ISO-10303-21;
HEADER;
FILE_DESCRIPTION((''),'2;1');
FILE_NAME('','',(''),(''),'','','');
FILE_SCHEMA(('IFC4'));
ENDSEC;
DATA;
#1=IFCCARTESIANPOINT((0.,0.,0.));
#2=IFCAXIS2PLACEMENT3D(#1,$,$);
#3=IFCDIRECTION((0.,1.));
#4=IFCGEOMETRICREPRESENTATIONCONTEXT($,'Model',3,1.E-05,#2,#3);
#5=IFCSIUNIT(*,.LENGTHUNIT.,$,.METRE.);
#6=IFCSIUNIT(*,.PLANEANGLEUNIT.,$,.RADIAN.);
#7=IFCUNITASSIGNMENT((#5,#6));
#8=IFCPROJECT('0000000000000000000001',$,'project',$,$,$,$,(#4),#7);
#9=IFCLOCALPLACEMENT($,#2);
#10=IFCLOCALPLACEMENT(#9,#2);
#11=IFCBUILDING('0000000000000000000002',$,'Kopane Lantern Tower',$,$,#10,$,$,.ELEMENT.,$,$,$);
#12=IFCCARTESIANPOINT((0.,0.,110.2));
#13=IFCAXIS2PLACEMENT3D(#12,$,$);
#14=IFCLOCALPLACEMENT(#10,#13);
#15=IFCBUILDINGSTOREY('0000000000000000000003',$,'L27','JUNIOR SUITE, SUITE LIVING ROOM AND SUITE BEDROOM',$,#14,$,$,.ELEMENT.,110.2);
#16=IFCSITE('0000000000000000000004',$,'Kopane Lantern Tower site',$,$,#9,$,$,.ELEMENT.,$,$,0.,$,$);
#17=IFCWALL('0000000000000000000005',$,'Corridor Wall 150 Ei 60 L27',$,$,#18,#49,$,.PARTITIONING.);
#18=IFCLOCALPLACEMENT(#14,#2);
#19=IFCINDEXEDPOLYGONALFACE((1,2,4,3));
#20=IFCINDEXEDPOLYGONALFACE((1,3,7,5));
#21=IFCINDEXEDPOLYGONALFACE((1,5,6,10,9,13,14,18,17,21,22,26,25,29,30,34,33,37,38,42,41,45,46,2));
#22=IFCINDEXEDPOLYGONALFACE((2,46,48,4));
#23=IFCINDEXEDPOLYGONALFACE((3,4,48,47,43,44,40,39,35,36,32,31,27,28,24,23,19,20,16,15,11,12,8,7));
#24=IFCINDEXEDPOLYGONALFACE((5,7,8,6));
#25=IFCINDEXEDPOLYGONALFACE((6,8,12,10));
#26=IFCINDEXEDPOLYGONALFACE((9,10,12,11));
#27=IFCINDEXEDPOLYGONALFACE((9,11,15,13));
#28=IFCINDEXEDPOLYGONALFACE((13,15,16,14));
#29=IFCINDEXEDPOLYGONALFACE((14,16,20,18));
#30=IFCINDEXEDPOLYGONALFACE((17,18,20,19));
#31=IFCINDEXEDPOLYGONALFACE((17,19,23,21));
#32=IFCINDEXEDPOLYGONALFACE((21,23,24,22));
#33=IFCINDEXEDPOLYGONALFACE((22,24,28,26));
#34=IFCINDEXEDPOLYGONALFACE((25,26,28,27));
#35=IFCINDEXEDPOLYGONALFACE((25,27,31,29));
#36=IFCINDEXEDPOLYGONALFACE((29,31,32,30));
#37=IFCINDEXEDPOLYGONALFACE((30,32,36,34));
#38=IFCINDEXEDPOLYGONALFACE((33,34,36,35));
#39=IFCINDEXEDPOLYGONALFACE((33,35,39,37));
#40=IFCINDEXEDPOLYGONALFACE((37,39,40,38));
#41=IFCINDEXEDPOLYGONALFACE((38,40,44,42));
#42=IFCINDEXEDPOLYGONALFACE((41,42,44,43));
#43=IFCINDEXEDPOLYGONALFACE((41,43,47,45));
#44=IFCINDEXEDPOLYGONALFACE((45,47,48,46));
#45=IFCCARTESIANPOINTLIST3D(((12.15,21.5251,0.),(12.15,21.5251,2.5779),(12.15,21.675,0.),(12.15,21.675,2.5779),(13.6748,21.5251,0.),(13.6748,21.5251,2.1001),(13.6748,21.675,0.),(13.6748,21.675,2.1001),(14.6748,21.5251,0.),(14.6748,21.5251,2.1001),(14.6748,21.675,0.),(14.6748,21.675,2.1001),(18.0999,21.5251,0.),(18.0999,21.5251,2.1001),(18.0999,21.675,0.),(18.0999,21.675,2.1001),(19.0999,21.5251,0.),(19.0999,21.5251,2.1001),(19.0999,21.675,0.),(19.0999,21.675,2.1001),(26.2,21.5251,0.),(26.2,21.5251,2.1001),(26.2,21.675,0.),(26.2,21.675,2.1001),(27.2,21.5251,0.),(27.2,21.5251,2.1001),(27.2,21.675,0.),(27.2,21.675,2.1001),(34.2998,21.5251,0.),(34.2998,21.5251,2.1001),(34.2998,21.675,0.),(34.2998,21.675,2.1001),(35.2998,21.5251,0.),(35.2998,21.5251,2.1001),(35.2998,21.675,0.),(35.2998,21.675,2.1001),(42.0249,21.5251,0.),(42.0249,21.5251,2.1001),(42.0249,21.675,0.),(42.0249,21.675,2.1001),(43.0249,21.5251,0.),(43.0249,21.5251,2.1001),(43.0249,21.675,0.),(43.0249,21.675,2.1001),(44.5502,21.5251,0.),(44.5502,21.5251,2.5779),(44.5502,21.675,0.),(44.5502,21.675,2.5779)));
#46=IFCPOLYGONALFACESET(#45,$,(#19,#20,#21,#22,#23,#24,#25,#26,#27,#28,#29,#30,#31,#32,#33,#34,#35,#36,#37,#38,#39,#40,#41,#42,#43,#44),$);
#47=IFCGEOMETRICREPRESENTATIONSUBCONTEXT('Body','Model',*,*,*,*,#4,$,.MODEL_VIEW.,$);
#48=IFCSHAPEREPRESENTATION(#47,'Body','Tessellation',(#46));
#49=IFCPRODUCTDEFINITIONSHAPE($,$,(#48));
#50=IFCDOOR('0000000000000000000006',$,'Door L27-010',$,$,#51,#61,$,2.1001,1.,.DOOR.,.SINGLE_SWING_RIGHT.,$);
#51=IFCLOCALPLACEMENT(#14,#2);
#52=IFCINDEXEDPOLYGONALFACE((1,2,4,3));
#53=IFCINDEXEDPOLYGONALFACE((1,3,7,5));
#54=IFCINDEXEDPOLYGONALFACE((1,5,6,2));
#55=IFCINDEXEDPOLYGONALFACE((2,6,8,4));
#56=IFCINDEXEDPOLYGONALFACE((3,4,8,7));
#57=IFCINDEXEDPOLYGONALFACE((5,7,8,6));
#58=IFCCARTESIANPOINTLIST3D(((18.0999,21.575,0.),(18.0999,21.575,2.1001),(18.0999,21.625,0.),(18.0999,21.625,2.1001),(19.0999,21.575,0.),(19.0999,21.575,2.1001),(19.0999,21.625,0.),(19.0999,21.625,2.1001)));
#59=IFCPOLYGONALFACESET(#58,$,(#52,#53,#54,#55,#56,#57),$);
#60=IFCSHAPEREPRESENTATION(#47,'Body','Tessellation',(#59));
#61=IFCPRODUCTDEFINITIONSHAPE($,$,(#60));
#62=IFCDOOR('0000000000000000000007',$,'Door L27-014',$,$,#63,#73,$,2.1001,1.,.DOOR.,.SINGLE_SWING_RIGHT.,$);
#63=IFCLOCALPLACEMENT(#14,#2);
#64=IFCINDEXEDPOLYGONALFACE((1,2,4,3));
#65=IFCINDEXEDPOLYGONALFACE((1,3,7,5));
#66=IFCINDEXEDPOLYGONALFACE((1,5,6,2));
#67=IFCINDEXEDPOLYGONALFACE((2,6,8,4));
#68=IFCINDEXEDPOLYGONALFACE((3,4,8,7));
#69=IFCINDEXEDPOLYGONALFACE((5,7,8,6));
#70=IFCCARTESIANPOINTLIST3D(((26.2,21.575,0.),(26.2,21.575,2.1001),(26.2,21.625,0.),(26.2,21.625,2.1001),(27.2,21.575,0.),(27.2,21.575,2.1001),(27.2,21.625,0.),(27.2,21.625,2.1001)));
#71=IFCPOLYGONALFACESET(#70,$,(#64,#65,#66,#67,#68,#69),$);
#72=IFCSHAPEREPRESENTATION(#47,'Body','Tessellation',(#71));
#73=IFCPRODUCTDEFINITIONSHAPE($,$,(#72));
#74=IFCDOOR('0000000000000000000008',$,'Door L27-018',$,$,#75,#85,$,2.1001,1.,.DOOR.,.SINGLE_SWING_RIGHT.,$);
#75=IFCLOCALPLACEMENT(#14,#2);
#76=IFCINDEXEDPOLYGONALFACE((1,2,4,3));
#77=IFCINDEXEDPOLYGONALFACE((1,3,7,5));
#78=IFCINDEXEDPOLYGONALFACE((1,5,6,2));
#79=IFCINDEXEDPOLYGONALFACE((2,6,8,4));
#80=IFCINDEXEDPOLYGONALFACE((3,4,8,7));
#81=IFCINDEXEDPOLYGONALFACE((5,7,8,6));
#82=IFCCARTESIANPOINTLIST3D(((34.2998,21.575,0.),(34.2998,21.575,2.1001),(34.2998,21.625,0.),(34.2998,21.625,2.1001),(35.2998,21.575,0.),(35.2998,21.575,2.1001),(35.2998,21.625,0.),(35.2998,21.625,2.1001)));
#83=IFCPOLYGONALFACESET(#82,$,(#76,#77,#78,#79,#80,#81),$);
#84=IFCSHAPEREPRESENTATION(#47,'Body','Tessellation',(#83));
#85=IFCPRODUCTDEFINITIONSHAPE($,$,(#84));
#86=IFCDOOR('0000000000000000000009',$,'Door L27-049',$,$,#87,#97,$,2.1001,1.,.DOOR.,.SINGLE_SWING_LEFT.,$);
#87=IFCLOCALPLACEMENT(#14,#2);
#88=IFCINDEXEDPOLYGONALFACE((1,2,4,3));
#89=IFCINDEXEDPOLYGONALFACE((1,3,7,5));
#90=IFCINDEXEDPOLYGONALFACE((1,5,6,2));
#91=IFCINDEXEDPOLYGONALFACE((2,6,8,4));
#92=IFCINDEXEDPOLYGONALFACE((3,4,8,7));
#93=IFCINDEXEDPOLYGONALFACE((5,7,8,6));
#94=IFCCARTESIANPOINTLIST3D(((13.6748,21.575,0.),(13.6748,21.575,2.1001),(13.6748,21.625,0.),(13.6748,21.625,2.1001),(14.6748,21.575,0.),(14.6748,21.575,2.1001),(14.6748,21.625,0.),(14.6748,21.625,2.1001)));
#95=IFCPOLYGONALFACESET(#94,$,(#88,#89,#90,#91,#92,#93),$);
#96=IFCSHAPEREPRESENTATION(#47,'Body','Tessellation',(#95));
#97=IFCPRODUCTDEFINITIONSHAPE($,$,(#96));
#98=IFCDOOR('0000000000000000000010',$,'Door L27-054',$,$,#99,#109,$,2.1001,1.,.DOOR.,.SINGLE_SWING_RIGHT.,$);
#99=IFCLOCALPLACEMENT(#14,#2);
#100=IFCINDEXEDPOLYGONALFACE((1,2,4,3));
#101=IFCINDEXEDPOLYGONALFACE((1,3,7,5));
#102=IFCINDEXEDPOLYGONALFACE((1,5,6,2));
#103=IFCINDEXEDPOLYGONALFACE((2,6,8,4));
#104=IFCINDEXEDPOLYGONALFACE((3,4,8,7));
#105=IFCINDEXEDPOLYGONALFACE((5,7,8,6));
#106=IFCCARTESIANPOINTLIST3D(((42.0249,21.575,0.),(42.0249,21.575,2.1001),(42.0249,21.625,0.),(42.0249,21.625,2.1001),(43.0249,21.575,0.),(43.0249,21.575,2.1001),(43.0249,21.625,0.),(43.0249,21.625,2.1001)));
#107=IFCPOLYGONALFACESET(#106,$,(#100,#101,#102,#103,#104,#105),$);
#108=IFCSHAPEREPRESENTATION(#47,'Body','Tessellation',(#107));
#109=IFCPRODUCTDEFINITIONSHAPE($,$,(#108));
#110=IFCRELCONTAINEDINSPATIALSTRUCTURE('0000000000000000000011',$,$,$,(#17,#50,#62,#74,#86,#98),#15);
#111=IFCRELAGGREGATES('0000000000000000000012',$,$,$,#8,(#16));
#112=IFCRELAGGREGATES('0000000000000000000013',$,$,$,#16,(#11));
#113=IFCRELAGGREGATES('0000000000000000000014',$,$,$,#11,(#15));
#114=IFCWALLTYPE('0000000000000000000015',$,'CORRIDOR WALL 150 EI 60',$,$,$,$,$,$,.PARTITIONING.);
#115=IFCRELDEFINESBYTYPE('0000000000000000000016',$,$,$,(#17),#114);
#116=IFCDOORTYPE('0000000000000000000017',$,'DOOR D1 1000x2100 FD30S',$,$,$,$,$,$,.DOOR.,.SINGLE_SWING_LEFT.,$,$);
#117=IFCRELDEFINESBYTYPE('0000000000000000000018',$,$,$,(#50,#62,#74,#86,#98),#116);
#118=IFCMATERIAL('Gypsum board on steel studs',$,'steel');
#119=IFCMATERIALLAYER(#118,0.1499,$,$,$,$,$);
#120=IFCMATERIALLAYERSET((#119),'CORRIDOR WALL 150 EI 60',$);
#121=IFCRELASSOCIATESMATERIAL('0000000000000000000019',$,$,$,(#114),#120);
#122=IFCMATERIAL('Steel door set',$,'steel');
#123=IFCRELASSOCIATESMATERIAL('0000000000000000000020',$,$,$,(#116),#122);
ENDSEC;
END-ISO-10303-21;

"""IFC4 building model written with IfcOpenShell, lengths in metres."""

from ifc_helpers import new_model, si_unit, direction, frame, frame_2d, origin, place, context, subcontext, project, spatial, rectangle, extrude, material, layer, layer_set, type_object, element, fill, save


model = new_model("IFC4")

# Units and contexts
model_context = context("Model", 3, precision=1e-05, world=origin(), true_north=direction((0.0, 1.0)))
body_context = subcontext(model_context, "Body", "Model", "MODEL_VIEW")
ifc_project = project(units=[si_unit("LENGTHUNIT", "METRE"), si_unit("PLANEANGLEUNIT", "RADIAN")], contexts=[model_context])

# Site, building, storey
site_placement = place(None, origin())
site = spatial("IfcSite", under=ifc_project, at=site_placement, Name="Kopane Lantern Tower site", CompositionType="ELEMENT", RefElevation=0.0)
building_placement = place(site_placement, origin())
building = spatial("IfcBuilding", under=site, at=building_placement, Name="Kopane Lantern Tower", CompositionType="ELEMENT")
storey_placement = place(building_placement, frame((0.0, 0.0, 110.2)))
storey = spatial("IfcBuildingStorey", under=building, at=storey_placement, Name="L27", Description="JUNIOR SUITE, SUITE LIVING ROOM AND SUITE BEDROOM", CompositionType="ELEMENT", Elevation=110.2)

# Wall, openings, doors
ifc_material_1 = material(Name="Gypsum board on steel studs", Category="steel")
ifc_layer_1 = layer(ifc_material_1, 0.1499)
ifc_layer_set_1 = layer_set([ifc_layer_1], Name="CORRIDOR WALL 150 EI 60")
wall_type_1 = type_object("IfcWallType", Name="CORRIDOR WALL 150 EI 60", PredefinedType="PARTITIONING", material=ifc_layer_set_1)
wall_1_placement = place(storey_placement, frame((12.1499, 21.6001, 0.0), z_axis=(0.0, 0.0, 1.0), x_axis=(1.0, 0.0, 0.0)))
wall_1 = element("IfcWall", 1, at=wall_1_placement, inside=storey, type_object=wall_type_1, Name="Corridor Wall 150 Ei 60 L27", PredefinedType="PARTITIONING", context=body_context, shape_type="SweptSolid", body=[
    extrude(rectangle(XDim=32.4001, YDim=0.1499, at=frame_2d((16.2002, 0.0))), origin(), (0.0, 0.0, 1.0), 2.5779),
])
opening_1_placement = place(wall_1_placement, frame((5.95, 0.0, 0.0)))
opening_1 = element("IfcOpeningElement", 2, at=opening_1_placement, cuts=wall_1, PredefinedType="OPENING", context=body_context, shape_type="SweptSolid", body=[
    extrude(rectangle(XDim=1.0, YDim=2.1001, at=frame_2d((0.5, 1.05))), frame((0.0, 0.085, 0.0), z_axis=(0.0, -1.0, 0.0), x_axis=(1.0, 0.0, 0.0)), (0.0, 0.0, 1.0), 0.1699),
])
opening_2_placement = place(wall_1_placement, frame((14.05, 0.0, 0.0)))
opening_2 = element("IfcOpeningElement", 3, at=opening_2_placement, cuts=wall_1, PredefinedType="OPENING", context=body_context, shape_type="SweptSolid", body=[
    extrude(rectangle(XDim=1.0, YDim=2.1001, at=frame_2d((0.5, 1.05))), frame((0.0, 0.085, 0.0), z_axis=(0.0, -1.0, 0.0), x_axis=(1.0, 0.0, 0.0)), (0.0, 0.0, 1.0), 0.1699),
])
opening_3_placement = place(wall_1_placement, frame((22.1499, 0.0, 0.0)))
opening_3 = element("IfcOpeningElement", 4, at=opening_3_placement, cuts=wall_1, PredefinedType="OPENING", context=body_context, shape_type="SweptSolid", body=[
    extrude(rectangle(XDim=1.0, YDim=2.1001, at=frame_2d((0.5, 1.05))), frame((0.0, 0.085, 0.0), z_axis=(0.0, -1.0, 0.0), x_axis=(1.0, 0.0, 0.0)), (0.0, 0.0, 1.0), 0.1699),
])
opening_4_placement = place(wall_1_placement, frame((1.5249, 0.0, 0.0)))
opening_4 = element("IfcOpeningElement", 5, at=opening_4_placement, cuts=wall_1, PredefinedType="OPENING", context=body_context, shape_type="SweptSolid", body=[
    extrude(rectangle(XDim=1.0, YDim=2.1001, at=frame_2d((0.5, 1.05))), frame((0.0, 0.085, 0.0), z_axis=(0.0, -1.0, 0.0), x_axis=(1.0, 0.0, 0.0)), (0.0, 0.0, 1.0), 0.1699),
])
opening_5_placement = place(wall_1_placement, frame((29.875, 0.0, 0.0)))
opening_5 = element("IfcOpeningElement", 6, at=opening_5_placement, cuts=wall_1, PredefinedType="OPENING", context=body_context, shape_type="SweptSolid", body=[
    extrude(rectangle(XDim=1.0, YDim=2.1001, at=frame_2d((0.5, 1.05))), frame((0.0, 0.085, 0.0), z_axis=(0.0, -1.0, 0.0), x_axis=(1.0, 0.0, 0.0)), (0.0, 0.0, 1.0), 0.1699),
])
ifc_material_2 = material(Name="Steel door set", Category="steel")
door_type_1 = type_object("IfcDoorType", Name="DOOR D1 1000x2100 FD30S", OperationType="SINGLE_SWING_LEFT", PredefinedType="DOOR", material=ifc_material_2)
door_1_placement = place(opening_1_placement, origin())
door_1 = element("IfcDoor", 7, at=door_1_placement, inside=storey, type_object=door_type_1, Name="Door L27-010", OperationType="SINGLE_SWING_RIGHT", OverallHeight=2.1001, OverallWidth=1.0, PredefinedType="DOOR", context=body_context, shape_type="SweptSolid", body=[
    extrude(rectangle(XDim=1.0, YDim=2.1001, at=frame_2d((0.5, 1.05))), frame((0.0, 0.0249, 0.0), z_axis=(0.0, -1.0, 0.0), x_axis=(1.0, 0.0, 0.0)), (0.0, 0.0, 1.0), 0.05),
])
fill(opening_1, door_1)
door_2_placement = place(opening_2_placement, origin())
door_2 = element("IfcDoor", 8, at=door_2_placement, inside=storey, type_object=door_type_1, Name="Door L27-014", OperationType="SINGLE_SWING_RIGHT", OverallHeight=2.1001, OverallWidth=1.0, PredefinedType="DOOR", context=body_context, shape_type="SweptSolid", body=[
    extrude(rectangle(XDim=1.0, YDim=2.1001, at=frame_2d((0.5, 1.05))), frame((0.0, 0.0249, 0.0), z_axis=(0.0, -1.0, 0.0), x_axis=(1.0, 0.0, 0.0)), (0.0, 0.0, 1.0), 0.05),
])
fill(opening_2, door_2)
door_3_placement = place(opening_3_placement, origin())
door_3 = element("IfcDoor", 9, at=door_3_placement, inside=storey, type_object=door_type_1, Name="Door L27-018", OperationType="SINGLE_SWING_RIGHT", OverallHeight=2.1001, OverallWidth=1.0, PredefinedType="DOOR", context=body_context, shape_type="SweptSolid", body=[
    extrude(rectangle(XDim=1.0, YDim=2.1001, at=frame_2d((0.5, 1.05))), frame((0.0, 0.0249, 0.0), z_axis=(0.0, -1.0, 0.0), x_axis=(1.0, 0.0, 0.0)), (0.0, 0.0, 1.0), 0.05),
])
fill(opening_3, door_3)
door_4_placement = place(opening_4_placement, origin())
door_4 = element("IfcDoor", 10, at=door_4_placement, inside=storey, type_object=door_type_1, Name="Door L27-049", OperationType="SINGLE_SWING_LEFT", OverallHeight=2.1001, OverallWidth=1.0, PredefinedType="DOOR", context=body_context, shape_type="SweptSolid", body=[
    extrude(rectangle(XDim=1.0, YDim=2.1001, at=frame_2d((0.5, 1.05))), frame((0.0, 0.0249, 0.0), z_axis=(0.0, -1.0, 0.0), x_axis=(1.0, 0.0, 0.0)), (0.0, 0.0, 1.0), 0.05),
])
fill(opening_4, door_4)
door_5_placement = place(opening_5_placement, origin())
door_5 = element("IfcDoor", 11, at=door_5_placement, inside=storey, type_object=door_type_1, Name="Door L27-054", OperationType="SINGLE_SWING_RIGHT", OverallHeight=2.1001, OverallWidth=1.0, PredefinedType="DOOR", context=body_context, shape_type="SweptSolid", body=[
    extrude(rectangle(XDim=1.0, YDim=2.1001, at=frame_2d((0.5, 1.05))), frame((0.0, 0.0249, 0.0), z_axis=(0.0, -1.0, 0.0), x_axis=(1.0, 0.0, 0.0)), (0.0, 0.0, 1.0), 0.05),
])
fill(opening_5, door_5)

save(model, "model.ifc")
